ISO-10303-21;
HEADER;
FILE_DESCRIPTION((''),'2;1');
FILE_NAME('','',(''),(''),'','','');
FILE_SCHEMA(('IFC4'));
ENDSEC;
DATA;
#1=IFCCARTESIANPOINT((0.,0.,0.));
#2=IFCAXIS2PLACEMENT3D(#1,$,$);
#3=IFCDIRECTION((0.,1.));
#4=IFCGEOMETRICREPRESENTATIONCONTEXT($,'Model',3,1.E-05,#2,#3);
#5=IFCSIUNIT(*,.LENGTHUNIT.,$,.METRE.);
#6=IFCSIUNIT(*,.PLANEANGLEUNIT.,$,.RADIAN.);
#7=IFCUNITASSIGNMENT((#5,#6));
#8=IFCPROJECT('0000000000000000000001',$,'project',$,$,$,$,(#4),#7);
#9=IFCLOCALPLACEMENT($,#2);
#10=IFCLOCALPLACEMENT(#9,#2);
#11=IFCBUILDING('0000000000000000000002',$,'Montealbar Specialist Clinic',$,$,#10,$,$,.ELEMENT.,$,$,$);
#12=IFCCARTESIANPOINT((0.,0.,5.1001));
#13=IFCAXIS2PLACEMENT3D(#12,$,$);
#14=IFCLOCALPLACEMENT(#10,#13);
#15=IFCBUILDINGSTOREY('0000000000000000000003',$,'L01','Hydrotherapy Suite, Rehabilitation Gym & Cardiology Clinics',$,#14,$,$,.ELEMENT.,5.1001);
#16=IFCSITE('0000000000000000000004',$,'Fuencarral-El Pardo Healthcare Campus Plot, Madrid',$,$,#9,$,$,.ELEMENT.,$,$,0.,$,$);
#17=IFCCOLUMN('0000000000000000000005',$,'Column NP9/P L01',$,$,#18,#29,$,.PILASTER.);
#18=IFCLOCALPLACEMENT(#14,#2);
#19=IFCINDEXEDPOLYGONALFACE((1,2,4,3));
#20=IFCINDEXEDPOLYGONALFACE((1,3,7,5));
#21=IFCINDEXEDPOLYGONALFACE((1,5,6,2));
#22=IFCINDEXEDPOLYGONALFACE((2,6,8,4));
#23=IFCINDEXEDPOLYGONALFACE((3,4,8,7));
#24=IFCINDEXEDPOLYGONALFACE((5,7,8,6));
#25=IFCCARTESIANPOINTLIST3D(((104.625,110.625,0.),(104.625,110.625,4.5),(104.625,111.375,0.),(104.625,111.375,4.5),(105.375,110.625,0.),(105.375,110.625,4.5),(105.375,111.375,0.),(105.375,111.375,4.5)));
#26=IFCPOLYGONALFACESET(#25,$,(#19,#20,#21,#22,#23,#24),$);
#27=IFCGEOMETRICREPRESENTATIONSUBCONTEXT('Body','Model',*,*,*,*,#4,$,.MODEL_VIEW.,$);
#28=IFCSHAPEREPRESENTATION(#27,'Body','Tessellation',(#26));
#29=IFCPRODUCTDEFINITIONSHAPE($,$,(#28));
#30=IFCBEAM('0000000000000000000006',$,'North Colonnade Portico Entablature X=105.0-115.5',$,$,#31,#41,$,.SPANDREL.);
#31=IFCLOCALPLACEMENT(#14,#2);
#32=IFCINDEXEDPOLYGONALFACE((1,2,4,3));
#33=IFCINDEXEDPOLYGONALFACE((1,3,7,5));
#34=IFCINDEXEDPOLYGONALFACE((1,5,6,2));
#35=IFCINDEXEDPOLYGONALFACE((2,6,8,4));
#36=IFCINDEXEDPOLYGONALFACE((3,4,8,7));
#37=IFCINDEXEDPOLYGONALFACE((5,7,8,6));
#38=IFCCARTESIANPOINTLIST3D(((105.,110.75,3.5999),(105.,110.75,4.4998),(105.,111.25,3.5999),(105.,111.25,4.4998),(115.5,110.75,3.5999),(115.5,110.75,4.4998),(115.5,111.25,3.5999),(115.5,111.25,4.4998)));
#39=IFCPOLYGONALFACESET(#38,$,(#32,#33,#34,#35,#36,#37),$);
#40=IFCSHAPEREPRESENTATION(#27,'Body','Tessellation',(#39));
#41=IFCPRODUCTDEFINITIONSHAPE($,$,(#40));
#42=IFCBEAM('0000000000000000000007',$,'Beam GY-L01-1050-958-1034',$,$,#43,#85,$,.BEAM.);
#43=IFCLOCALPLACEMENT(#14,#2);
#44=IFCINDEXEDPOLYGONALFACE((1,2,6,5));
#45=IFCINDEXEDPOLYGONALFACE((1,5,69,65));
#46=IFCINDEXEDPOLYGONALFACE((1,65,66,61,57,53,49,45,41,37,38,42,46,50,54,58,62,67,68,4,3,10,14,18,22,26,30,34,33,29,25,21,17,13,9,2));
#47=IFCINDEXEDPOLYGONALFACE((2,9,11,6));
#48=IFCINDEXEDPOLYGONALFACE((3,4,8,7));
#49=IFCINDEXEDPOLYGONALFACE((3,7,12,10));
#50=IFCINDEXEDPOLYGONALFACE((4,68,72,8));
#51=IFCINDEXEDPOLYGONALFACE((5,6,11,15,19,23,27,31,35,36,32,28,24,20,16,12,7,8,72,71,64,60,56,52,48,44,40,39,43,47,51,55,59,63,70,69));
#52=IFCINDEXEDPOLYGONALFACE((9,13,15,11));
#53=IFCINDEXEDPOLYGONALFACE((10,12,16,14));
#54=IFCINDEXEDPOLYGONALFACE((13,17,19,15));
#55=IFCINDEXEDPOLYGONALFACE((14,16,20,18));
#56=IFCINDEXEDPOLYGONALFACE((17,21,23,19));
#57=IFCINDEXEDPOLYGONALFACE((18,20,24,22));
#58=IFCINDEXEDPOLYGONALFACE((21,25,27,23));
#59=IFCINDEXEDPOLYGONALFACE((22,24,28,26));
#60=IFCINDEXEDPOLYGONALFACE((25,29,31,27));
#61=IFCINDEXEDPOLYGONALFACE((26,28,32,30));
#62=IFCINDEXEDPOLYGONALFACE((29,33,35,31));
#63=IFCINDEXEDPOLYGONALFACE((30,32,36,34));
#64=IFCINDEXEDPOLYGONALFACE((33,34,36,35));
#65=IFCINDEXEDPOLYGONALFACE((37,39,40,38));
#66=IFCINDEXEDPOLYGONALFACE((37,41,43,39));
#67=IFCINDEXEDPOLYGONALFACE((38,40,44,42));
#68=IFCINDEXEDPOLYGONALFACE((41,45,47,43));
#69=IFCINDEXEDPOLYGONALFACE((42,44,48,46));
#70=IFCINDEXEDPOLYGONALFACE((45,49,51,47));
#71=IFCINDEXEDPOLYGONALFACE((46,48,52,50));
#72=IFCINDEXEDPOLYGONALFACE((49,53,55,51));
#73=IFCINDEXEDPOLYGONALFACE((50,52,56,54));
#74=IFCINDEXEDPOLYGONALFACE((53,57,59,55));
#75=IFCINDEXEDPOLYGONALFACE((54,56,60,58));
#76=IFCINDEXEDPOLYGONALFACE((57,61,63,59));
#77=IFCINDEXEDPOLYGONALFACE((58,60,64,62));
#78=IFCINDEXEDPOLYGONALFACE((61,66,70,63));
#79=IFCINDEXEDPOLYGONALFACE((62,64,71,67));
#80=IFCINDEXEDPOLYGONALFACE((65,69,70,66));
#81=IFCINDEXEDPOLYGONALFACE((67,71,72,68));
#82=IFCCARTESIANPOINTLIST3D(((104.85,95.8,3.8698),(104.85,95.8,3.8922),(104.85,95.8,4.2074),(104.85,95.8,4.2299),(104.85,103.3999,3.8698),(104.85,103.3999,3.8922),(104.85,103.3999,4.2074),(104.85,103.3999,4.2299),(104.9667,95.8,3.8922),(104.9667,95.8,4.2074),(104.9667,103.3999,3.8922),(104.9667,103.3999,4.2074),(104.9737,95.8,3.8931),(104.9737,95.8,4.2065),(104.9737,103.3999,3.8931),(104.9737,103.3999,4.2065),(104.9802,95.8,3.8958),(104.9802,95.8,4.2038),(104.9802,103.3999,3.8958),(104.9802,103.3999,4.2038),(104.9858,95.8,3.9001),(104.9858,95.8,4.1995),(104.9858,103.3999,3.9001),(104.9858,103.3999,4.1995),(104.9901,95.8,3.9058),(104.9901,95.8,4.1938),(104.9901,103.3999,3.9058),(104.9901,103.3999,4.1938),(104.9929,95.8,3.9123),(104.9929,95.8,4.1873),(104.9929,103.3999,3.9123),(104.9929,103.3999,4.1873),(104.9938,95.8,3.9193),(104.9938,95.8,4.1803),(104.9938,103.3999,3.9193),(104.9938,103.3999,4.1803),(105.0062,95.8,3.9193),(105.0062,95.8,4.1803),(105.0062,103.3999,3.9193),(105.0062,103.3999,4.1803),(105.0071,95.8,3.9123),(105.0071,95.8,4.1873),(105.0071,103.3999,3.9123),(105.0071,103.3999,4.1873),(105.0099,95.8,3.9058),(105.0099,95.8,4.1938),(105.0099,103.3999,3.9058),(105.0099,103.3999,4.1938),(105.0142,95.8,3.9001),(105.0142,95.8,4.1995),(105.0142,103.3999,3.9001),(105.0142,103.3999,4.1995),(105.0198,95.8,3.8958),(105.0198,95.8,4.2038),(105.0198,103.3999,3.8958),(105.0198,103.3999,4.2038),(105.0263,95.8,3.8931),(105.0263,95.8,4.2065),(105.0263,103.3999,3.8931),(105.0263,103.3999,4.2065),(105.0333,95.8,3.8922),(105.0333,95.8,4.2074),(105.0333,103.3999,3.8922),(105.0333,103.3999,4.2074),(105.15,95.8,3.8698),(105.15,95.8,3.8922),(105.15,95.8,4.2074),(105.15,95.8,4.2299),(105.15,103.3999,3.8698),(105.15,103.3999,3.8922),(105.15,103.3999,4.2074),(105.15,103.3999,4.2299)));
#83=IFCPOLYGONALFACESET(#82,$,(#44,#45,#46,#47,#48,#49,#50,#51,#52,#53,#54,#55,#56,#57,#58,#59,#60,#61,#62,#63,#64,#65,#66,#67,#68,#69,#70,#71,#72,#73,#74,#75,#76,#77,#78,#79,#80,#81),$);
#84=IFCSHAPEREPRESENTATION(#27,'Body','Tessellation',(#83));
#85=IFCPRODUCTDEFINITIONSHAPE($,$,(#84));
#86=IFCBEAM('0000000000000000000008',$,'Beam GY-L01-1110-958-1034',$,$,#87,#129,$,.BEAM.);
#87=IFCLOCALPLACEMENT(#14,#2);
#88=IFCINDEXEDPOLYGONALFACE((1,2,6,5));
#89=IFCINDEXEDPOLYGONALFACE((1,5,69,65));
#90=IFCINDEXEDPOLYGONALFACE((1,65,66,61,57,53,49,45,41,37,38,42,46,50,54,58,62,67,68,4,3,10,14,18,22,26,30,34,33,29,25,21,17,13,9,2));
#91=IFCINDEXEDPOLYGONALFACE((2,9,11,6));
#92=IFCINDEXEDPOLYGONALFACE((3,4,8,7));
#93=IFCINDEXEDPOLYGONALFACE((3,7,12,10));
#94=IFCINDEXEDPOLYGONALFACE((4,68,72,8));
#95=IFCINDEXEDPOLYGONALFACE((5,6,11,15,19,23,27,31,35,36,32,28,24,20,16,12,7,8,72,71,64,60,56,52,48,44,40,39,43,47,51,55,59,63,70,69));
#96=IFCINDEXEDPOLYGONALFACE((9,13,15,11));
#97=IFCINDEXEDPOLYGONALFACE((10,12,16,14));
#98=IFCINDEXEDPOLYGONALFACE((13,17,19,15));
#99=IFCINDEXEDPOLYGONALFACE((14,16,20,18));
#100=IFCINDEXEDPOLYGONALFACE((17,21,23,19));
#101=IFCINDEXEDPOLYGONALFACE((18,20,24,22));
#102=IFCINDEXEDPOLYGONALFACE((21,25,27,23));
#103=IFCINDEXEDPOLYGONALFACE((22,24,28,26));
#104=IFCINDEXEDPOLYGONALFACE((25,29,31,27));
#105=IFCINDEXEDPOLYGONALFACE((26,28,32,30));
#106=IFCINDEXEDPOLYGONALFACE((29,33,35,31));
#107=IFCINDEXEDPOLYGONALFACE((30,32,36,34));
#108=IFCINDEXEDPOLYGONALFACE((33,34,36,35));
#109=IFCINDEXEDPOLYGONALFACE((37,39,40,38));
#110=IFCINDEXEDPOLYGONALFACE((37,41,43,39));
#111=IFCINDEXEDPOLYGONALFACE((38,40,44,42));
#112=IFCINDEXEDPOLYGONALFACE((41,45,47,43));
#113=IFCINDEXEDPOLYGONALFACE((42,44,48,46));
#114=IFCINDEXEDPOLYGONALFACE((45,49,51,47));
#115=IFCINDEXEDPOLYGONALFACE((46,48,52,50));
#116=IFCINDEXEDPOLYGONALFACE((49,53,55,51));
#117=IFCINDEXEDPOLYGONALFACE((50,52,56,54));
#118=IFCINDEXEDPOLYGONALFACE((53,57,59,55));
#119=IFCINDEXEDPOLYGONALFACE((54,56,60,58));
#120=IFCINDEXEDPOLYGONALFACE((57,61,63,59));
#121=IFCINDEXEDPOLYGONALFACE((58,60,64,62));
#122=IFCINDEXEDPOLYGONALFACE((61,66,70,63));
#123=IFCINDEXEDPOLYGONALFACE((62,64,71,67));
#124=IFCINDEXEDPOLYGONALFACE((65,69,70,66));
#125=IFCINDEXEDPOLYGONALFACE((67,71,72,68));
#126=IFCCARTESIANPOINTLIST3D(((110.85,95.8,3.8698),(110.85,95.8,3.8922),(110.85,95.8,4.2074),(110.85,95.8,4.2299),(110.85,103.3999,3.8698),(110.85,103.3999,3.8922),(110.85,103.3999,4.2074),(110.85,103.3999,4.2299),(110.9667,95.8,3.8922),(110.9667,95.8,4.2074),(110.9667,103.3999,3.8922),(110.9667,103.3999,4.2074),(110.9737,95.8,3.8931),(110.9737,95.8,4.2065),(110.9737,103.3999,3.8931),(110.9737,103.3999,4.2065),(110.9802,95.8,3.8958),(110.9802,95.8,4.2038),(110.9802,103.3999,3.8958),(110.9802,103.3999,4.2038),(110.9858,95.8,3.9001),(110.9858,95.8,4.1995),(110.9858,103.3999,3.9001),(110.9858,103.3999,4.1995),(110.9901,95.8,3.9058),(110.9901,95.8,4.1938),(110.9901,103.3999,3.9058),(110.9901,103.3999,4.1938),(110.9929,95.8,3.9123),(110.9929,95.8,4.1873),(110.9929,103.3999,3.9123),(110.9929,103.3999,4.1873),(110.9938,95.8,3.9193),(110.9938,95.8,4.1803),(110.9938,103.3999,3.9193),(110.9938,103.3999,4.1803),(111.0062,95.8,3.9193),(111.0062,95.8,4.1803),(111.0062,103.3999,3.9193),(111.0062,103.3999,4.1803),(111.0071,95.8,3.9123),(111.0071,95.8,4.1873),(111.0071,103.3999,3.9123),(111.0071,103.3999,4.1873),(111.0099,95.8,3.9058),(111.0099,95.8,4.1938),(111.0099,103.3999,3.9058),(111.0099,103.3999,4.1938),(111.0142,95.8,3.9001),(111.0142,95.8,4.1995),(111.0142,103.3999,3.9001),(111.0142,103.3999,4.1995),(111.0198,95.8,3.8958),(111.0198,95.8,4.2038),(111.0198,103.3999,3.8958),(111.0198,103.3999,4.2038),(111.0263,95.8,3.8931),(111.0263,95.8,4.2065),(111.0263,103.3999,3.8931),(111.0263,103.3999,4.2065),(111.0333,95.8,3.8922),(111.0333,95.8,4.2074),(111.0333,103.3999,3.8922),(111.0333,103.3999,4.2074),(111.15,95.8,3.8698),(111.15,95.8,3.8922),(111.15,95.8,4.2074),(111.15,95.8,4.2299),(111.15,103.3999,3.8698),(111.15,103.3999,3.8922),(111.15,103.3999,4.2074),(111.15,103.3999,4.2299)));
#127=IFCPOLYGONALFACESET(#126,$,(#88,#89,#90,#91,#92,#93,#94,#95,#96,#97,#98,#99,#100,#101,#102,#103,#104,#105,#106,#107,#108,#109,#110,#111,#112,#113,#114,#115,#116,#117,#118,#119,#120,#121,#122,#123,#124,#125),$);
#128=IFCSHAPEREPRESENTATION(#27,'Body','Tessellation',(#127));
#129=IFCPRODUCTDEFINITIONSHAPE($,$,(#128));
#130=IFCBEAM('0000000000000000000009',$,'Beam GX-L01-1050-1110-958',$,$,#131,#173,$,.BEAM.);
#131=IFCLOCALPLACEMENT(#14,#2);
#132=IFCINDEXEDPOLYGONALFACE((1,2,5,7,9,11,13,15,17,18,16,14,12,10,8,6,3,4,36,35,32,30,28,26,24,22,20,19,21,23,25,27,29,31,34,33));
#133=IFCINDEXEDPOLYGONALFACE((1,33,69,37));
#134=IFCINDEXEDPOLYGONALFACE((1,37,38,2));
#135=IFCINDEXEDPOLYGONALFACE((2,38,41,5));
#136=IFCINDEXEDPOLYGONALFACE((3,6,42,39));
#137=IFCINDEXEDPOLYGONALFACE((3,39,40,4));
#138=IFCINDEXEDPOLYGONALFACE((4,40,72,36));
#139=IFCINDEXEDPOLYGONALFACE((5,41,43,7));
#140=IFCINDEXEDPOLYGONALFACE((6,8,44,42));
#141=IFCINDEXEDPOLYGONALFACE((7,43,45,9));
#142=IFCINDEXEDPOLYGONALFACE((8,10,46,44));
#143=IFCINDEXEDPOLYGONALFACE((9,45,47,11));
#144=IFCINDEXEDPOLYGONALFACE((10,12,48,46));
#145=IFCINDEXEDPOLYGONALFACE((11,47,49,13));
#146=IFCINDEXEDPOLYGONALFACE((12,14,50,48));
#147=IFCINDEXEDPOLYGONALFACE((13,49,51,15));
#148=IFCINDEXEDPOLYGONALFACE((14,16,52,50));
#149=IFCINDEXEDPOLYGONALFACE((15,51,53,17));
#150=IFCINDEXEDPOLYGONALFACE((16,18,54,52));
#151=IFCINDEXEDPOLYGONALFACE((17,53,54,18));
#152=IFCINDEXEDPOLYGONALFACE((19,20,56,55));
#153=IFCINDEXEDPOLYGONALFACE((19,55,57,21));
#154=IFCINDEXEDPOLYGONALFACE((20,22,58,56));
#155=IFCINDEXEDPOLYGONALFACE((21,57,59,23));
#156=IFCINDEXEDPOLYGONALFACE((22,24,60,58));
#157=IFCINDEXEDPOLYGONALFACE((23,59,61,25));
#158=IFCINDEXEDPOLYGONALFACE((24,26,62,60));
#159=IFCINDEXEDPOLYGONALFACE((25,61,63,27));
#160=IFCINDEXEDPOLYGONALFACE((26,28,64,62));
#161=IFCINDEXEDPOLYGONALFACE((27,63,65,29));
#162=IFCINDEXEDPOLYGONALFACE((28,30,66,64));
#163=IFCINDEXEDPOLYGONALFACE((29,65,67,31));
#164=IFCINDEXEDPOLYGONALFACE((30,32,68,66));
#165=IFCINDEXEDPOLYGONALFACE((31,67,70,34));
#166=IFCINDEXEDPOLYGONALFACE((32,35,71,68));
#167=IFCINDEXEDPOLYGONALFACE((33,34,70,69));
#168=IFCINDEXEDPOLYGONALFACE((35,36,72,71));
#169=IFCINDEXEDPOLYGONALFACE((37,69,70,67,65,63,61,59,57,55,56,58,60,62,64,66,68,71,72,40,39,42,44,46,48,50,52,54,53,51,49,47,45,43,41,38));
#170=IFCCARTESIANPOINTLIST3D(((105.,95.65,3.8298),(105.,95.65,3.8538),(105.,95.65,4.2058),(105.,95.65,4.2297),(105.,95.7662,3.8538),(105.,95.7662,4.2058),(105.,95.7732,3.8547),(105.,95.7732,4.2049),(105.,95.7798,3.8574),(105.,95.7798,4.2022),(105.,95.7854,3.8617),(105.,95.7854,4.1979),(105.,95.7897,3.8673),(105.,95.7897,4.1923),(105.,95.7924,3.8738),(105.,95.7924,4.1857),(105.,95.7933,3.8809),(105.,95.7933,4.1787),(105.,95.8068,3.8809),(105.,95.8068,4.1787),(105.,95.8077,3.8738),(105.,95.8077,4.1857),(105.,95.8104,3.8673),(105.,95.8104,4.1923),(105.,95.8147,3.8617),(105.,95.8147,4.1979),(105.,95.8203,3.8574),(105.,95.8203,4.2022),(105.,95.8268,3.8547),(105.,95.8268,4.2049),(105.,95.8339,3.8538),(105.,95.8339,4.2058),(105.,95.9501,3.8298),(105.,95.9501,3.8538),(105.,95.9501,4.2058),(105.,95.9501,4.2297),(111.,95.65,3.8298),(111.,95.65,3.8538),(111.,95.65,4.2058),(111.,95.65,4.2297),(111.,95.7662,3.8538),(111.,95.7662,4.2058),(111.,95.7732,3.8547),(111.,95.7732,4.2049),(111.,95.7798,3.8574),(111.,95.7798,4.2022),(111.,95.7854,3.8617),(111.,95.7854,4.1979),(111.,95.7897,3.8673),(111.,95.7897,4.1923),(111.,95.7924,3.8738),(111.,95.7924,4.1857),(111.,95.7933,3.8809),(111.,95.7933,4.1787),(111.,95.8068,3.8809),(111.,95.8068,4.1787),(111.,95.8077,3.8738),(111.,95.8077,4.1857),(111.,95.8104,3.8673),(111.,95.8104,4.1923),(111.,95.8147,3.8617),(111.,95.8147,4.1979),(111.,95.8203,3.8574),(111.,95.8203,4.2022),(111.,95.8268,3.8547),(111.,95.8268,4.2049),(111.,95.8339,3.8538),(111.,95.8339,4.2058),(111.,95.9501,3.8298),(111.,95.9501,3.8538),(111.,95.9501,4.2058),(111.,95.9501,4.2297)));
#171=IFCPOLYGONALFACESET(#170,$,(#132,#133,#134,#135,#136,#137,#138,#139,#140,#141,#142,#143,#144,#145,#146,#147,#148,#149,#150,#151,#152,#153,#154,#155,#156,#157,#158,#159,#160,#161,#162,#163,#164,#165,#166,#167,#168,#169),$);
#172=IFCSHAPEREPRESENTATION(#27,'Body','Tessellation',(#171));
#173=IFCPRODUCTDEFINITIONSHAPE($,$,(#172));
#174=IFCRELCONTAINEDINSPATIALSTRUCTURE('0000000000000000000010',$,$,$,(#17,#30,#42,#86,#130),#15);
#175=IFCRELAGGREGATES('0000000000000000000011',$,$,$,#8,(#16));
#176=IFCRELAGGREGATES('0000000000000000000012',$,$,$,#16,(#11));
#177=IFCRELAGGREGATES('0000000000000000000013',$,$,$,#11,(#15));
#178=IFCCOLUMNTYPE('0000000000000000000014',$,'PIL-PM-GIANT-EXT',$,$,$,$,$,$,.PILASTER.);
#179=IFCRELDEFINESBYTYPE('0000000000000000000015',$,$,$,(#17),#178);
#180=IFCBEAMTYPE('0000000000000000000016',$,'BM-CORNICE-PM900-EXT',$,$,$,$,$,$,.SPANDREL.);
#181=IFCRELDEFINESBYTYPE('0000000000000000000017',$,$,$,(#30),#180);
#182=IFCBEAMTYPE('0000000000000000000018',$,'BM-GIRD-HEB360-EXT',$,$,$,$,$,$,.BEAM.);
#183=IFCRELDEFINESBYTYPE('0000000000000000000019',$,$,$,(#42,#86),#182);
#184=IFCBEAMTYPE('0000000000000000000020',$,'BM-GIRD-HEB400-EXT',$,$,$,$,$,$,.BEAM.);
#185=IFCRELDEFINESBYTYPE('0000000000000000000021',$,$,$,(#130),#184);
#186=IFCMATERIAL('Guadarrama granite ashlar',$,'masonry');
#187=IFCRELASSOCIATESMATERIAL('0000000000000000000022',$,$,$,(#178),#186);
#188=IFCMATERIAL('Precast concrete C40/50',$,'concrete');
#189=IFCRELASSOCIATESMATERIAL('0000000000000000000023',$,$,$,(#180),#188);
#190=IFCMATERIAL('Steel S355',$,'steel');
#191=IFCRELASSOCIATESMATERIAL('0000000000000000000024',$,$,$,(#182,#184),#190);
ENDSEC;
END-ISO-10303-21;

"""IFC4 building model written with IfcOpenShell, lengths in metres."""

from ifc_helpers import new_model, si_unit, direction, frame, origin, origin_2d, place, context, subcontext, project, spatial, rectangle, i_section, extrude, material, material_profile, profile_set, type_object, element, save


model = new_model("IFC4")

# Units and contexts
model_context = context("Model", 3, precision=1e-05, world=origin(), true_north=direction((0.0, 1.0)))
body_context = subcontext(model_context, "Body", "Model", "MODEL_VIEW")
ifc_project = project(units=[si_unit("LENGTHUNIT", "METRE"), si_unit("PLANEANGLEUNIT", "RADIAN")], contexts=[model_context])

# Site, building, storey
site_placement = place(None, origin())
site = spatial("IfcSite", under=ifc_project, at=site_placement, Name="Fuencarral-El Pardo Healthcare Campus Plot, Madrid", CompositionType="ELEMENT", RefElevation=0.0)
building_placement = place(site_placement, origin())
building = spatial("IfcBuilding", under=site, at=building_placement, Name="Montealbar Specialist Clinic", CompositionType="ELEMENT")
storey_placement = place(building_placement, frame((0.0, 0.0, 5.1001)))
storey = spatial("IfcBuildingStorey", under=building, at=storey_placement, Name="L01", Description="Hydrotherapy Suite, Rehabilitation Gym & Cardiology Clinics", CompositionType="ELEMENT", Elevation=5.1001)

# Column
ifc_material_1 = material(Name="Steel S355", Category="steel")
ifc_material_2 = material(Name="Guadarrama granite ashlar", Category="masonry")
ifc_material_profile_1 = material_profile(ifc_material_2, rectangle(XDim=0.75, YDim=0.75, at=origin_2d()), Name="GRANITE PILASTER 750x750", Category="masonry")
ifc_profile_set_1 = profile_set([ifc_material_profile_1], Name="Guadarrama granite ashlar")
column_type_1 = type_object("IfcColumnType", Name="PIL-PM-GIANT-EXT", PredefinedType="PILASTER", material=ifc_profile_set_1)
column_placement = place(storey_placement, frame((105.0, 111.0, 0.0), z_axis=(0.0, 0.0, 1.0), x_axis=(1.0, 0.0, 0.0)))
element("IfcColumn", 1, at=column_placement, inside=storey, type_object=column_type_1, Name="Column NP9/P L01", PredefinedType="PILASTER", context=body_context, shape_type="SweptSolid", body=[
    extrude(rectangle(XDim=0.75, YDim=0.75, at=origin_2d()), origin(), (0.0, 0.0, 1.0), 4.5),
])

# Beams
ifc_material_3 = material(Name="Precast concrete C40/50", Category="concrete")
ifc_material_profile_2 = material_profile(ifc_material_3, rectangle(XDim=0.5, YDim=0.8999, at=origin_2d()), Name="PRECAST CORNICE 500x900", Category="concrete")
ifc_profile_set_2 = profile_set([ifc_material_profile_2], Name="Precast concrete C40/50")
beam_type_1 = type_object("IfcBeamType", Name="BM-CORNICE-PM900-EXT", PredefinedType="SPANDREL", material=ifc_profile_set_2)
beam_1_placement = place(storey_placement, frame((105.0, 111.0, 4.0498), z_axis=(1.0, 0.0, 0.0), x_axis=(0.0, 1.0, 0.0)))
element("IfcBeam", 2, at=beam_1_placement, inside=storey, type_object=beam_type_1, Name="North Colonnade Portico Entablature X=105.0-115.5", PredefinedType="SPANDREL", context=body_context, shape_type="SweptSolid", body=[
    extrude(rectangle(XDim=0.5, YDim=0.8999, at=origin_2d()), origin(), (0.0, 0.0, 1.0), 10.5),
])
ifc_material_profile_3 = material_profile(ifc_material_1, i_section(OverallWidth=0.3, OverallDepth=0.3601, WebThickness=0.0125, FlangeThickness=0.0225, FilletRadius=0.0271, at=origin_2d()), Name="HEB 360", Category="steel")
ifc_profile_set_3 = profile_set([ifc_material_profile_3], Name="Steel S355")
beam_type_2 = type_object("IfcBeamType", Name="BM-GIRD-HEB360-EXT", PredefinedType="BEAM", material=ifc_profile_set_3)
for number, where, z_axis, x_axis, name in (
    (3, (105.0, 95.8, 4.0498), (0.0, 1.0, 0.0), (-1.0, 0.0, 0.0), "Beam GY-L01-1050-958-1034"),
    (4, (111.0, 95.8, 4.0498), (0.0, 1.0, 0.0), (-1.0, 0.0, 0.0), "Beam GY-L01-1110-958-1034"),
):
    element("IfcBeam", number, at=place(storey_placement, frame(where, z_axis=z_axis, x_axis=x_axis)), inside=storey, type_object=beam_type_2, Name=name, PredefinedType="BEAM", context=body_context, shape_type="SweptSolid", body=[
        extrude(i_section(OverallWidth=0.3, OverallDepth=0.3601, WebThickness=0.0125, FlangeThickness=0.0225, FilletRadius=0.0271, at=origin_2d()), origin(), (0.0, 0.0, 1.0), 7.5999),
    ])
ifc_material_profile_4 = material_profile(ifc_material_1, i_section(OverallWidth=0.3, OverallDepth=0.3999, WebThickness=0.0134, FlangeThickness=0.0239, FilletRadius=0.0271, at=origin_2d()), Name="HEB 400", Category="steel")
ifc_profile_set_4 = profile_set([ifc_material_profile_4], Name="Steel S355")
beam_type_3 = type_object("IfcBeamType", Name="BM-GIRD-HEB400-EXT", PredefinedType="BEAM", material=ifc_profile_set_4)
for number, where, z_axis, x_axis, name in (
    (5, (105.0, 95.8, 4.0298), (1.0, 0.0, 0.0), (0.0, 1.0, 0.0), "Beam GX-L01-1050-1110-958"),
):
    element("IfcBeam", number, at=place(storey_placement, frame(where, z_axis=z_axis, x_axis=x_axis)), inside=storey, type_object=beam_type_3, Name=name, PredefinedType="BEAM", context=body_context, shape_type="SweptSolid", body=[
        extrude(i_section(OverallWidth=0.3, OverallDepth=0.3999, WebThickness=0.0134, FlangeThickness=0.0239, FilletRadius=0.0271, at=origin_2d()), origin(), (0.0, 0.0, 1.0), 6.0),
    ])

save(model, "model.ifc")
